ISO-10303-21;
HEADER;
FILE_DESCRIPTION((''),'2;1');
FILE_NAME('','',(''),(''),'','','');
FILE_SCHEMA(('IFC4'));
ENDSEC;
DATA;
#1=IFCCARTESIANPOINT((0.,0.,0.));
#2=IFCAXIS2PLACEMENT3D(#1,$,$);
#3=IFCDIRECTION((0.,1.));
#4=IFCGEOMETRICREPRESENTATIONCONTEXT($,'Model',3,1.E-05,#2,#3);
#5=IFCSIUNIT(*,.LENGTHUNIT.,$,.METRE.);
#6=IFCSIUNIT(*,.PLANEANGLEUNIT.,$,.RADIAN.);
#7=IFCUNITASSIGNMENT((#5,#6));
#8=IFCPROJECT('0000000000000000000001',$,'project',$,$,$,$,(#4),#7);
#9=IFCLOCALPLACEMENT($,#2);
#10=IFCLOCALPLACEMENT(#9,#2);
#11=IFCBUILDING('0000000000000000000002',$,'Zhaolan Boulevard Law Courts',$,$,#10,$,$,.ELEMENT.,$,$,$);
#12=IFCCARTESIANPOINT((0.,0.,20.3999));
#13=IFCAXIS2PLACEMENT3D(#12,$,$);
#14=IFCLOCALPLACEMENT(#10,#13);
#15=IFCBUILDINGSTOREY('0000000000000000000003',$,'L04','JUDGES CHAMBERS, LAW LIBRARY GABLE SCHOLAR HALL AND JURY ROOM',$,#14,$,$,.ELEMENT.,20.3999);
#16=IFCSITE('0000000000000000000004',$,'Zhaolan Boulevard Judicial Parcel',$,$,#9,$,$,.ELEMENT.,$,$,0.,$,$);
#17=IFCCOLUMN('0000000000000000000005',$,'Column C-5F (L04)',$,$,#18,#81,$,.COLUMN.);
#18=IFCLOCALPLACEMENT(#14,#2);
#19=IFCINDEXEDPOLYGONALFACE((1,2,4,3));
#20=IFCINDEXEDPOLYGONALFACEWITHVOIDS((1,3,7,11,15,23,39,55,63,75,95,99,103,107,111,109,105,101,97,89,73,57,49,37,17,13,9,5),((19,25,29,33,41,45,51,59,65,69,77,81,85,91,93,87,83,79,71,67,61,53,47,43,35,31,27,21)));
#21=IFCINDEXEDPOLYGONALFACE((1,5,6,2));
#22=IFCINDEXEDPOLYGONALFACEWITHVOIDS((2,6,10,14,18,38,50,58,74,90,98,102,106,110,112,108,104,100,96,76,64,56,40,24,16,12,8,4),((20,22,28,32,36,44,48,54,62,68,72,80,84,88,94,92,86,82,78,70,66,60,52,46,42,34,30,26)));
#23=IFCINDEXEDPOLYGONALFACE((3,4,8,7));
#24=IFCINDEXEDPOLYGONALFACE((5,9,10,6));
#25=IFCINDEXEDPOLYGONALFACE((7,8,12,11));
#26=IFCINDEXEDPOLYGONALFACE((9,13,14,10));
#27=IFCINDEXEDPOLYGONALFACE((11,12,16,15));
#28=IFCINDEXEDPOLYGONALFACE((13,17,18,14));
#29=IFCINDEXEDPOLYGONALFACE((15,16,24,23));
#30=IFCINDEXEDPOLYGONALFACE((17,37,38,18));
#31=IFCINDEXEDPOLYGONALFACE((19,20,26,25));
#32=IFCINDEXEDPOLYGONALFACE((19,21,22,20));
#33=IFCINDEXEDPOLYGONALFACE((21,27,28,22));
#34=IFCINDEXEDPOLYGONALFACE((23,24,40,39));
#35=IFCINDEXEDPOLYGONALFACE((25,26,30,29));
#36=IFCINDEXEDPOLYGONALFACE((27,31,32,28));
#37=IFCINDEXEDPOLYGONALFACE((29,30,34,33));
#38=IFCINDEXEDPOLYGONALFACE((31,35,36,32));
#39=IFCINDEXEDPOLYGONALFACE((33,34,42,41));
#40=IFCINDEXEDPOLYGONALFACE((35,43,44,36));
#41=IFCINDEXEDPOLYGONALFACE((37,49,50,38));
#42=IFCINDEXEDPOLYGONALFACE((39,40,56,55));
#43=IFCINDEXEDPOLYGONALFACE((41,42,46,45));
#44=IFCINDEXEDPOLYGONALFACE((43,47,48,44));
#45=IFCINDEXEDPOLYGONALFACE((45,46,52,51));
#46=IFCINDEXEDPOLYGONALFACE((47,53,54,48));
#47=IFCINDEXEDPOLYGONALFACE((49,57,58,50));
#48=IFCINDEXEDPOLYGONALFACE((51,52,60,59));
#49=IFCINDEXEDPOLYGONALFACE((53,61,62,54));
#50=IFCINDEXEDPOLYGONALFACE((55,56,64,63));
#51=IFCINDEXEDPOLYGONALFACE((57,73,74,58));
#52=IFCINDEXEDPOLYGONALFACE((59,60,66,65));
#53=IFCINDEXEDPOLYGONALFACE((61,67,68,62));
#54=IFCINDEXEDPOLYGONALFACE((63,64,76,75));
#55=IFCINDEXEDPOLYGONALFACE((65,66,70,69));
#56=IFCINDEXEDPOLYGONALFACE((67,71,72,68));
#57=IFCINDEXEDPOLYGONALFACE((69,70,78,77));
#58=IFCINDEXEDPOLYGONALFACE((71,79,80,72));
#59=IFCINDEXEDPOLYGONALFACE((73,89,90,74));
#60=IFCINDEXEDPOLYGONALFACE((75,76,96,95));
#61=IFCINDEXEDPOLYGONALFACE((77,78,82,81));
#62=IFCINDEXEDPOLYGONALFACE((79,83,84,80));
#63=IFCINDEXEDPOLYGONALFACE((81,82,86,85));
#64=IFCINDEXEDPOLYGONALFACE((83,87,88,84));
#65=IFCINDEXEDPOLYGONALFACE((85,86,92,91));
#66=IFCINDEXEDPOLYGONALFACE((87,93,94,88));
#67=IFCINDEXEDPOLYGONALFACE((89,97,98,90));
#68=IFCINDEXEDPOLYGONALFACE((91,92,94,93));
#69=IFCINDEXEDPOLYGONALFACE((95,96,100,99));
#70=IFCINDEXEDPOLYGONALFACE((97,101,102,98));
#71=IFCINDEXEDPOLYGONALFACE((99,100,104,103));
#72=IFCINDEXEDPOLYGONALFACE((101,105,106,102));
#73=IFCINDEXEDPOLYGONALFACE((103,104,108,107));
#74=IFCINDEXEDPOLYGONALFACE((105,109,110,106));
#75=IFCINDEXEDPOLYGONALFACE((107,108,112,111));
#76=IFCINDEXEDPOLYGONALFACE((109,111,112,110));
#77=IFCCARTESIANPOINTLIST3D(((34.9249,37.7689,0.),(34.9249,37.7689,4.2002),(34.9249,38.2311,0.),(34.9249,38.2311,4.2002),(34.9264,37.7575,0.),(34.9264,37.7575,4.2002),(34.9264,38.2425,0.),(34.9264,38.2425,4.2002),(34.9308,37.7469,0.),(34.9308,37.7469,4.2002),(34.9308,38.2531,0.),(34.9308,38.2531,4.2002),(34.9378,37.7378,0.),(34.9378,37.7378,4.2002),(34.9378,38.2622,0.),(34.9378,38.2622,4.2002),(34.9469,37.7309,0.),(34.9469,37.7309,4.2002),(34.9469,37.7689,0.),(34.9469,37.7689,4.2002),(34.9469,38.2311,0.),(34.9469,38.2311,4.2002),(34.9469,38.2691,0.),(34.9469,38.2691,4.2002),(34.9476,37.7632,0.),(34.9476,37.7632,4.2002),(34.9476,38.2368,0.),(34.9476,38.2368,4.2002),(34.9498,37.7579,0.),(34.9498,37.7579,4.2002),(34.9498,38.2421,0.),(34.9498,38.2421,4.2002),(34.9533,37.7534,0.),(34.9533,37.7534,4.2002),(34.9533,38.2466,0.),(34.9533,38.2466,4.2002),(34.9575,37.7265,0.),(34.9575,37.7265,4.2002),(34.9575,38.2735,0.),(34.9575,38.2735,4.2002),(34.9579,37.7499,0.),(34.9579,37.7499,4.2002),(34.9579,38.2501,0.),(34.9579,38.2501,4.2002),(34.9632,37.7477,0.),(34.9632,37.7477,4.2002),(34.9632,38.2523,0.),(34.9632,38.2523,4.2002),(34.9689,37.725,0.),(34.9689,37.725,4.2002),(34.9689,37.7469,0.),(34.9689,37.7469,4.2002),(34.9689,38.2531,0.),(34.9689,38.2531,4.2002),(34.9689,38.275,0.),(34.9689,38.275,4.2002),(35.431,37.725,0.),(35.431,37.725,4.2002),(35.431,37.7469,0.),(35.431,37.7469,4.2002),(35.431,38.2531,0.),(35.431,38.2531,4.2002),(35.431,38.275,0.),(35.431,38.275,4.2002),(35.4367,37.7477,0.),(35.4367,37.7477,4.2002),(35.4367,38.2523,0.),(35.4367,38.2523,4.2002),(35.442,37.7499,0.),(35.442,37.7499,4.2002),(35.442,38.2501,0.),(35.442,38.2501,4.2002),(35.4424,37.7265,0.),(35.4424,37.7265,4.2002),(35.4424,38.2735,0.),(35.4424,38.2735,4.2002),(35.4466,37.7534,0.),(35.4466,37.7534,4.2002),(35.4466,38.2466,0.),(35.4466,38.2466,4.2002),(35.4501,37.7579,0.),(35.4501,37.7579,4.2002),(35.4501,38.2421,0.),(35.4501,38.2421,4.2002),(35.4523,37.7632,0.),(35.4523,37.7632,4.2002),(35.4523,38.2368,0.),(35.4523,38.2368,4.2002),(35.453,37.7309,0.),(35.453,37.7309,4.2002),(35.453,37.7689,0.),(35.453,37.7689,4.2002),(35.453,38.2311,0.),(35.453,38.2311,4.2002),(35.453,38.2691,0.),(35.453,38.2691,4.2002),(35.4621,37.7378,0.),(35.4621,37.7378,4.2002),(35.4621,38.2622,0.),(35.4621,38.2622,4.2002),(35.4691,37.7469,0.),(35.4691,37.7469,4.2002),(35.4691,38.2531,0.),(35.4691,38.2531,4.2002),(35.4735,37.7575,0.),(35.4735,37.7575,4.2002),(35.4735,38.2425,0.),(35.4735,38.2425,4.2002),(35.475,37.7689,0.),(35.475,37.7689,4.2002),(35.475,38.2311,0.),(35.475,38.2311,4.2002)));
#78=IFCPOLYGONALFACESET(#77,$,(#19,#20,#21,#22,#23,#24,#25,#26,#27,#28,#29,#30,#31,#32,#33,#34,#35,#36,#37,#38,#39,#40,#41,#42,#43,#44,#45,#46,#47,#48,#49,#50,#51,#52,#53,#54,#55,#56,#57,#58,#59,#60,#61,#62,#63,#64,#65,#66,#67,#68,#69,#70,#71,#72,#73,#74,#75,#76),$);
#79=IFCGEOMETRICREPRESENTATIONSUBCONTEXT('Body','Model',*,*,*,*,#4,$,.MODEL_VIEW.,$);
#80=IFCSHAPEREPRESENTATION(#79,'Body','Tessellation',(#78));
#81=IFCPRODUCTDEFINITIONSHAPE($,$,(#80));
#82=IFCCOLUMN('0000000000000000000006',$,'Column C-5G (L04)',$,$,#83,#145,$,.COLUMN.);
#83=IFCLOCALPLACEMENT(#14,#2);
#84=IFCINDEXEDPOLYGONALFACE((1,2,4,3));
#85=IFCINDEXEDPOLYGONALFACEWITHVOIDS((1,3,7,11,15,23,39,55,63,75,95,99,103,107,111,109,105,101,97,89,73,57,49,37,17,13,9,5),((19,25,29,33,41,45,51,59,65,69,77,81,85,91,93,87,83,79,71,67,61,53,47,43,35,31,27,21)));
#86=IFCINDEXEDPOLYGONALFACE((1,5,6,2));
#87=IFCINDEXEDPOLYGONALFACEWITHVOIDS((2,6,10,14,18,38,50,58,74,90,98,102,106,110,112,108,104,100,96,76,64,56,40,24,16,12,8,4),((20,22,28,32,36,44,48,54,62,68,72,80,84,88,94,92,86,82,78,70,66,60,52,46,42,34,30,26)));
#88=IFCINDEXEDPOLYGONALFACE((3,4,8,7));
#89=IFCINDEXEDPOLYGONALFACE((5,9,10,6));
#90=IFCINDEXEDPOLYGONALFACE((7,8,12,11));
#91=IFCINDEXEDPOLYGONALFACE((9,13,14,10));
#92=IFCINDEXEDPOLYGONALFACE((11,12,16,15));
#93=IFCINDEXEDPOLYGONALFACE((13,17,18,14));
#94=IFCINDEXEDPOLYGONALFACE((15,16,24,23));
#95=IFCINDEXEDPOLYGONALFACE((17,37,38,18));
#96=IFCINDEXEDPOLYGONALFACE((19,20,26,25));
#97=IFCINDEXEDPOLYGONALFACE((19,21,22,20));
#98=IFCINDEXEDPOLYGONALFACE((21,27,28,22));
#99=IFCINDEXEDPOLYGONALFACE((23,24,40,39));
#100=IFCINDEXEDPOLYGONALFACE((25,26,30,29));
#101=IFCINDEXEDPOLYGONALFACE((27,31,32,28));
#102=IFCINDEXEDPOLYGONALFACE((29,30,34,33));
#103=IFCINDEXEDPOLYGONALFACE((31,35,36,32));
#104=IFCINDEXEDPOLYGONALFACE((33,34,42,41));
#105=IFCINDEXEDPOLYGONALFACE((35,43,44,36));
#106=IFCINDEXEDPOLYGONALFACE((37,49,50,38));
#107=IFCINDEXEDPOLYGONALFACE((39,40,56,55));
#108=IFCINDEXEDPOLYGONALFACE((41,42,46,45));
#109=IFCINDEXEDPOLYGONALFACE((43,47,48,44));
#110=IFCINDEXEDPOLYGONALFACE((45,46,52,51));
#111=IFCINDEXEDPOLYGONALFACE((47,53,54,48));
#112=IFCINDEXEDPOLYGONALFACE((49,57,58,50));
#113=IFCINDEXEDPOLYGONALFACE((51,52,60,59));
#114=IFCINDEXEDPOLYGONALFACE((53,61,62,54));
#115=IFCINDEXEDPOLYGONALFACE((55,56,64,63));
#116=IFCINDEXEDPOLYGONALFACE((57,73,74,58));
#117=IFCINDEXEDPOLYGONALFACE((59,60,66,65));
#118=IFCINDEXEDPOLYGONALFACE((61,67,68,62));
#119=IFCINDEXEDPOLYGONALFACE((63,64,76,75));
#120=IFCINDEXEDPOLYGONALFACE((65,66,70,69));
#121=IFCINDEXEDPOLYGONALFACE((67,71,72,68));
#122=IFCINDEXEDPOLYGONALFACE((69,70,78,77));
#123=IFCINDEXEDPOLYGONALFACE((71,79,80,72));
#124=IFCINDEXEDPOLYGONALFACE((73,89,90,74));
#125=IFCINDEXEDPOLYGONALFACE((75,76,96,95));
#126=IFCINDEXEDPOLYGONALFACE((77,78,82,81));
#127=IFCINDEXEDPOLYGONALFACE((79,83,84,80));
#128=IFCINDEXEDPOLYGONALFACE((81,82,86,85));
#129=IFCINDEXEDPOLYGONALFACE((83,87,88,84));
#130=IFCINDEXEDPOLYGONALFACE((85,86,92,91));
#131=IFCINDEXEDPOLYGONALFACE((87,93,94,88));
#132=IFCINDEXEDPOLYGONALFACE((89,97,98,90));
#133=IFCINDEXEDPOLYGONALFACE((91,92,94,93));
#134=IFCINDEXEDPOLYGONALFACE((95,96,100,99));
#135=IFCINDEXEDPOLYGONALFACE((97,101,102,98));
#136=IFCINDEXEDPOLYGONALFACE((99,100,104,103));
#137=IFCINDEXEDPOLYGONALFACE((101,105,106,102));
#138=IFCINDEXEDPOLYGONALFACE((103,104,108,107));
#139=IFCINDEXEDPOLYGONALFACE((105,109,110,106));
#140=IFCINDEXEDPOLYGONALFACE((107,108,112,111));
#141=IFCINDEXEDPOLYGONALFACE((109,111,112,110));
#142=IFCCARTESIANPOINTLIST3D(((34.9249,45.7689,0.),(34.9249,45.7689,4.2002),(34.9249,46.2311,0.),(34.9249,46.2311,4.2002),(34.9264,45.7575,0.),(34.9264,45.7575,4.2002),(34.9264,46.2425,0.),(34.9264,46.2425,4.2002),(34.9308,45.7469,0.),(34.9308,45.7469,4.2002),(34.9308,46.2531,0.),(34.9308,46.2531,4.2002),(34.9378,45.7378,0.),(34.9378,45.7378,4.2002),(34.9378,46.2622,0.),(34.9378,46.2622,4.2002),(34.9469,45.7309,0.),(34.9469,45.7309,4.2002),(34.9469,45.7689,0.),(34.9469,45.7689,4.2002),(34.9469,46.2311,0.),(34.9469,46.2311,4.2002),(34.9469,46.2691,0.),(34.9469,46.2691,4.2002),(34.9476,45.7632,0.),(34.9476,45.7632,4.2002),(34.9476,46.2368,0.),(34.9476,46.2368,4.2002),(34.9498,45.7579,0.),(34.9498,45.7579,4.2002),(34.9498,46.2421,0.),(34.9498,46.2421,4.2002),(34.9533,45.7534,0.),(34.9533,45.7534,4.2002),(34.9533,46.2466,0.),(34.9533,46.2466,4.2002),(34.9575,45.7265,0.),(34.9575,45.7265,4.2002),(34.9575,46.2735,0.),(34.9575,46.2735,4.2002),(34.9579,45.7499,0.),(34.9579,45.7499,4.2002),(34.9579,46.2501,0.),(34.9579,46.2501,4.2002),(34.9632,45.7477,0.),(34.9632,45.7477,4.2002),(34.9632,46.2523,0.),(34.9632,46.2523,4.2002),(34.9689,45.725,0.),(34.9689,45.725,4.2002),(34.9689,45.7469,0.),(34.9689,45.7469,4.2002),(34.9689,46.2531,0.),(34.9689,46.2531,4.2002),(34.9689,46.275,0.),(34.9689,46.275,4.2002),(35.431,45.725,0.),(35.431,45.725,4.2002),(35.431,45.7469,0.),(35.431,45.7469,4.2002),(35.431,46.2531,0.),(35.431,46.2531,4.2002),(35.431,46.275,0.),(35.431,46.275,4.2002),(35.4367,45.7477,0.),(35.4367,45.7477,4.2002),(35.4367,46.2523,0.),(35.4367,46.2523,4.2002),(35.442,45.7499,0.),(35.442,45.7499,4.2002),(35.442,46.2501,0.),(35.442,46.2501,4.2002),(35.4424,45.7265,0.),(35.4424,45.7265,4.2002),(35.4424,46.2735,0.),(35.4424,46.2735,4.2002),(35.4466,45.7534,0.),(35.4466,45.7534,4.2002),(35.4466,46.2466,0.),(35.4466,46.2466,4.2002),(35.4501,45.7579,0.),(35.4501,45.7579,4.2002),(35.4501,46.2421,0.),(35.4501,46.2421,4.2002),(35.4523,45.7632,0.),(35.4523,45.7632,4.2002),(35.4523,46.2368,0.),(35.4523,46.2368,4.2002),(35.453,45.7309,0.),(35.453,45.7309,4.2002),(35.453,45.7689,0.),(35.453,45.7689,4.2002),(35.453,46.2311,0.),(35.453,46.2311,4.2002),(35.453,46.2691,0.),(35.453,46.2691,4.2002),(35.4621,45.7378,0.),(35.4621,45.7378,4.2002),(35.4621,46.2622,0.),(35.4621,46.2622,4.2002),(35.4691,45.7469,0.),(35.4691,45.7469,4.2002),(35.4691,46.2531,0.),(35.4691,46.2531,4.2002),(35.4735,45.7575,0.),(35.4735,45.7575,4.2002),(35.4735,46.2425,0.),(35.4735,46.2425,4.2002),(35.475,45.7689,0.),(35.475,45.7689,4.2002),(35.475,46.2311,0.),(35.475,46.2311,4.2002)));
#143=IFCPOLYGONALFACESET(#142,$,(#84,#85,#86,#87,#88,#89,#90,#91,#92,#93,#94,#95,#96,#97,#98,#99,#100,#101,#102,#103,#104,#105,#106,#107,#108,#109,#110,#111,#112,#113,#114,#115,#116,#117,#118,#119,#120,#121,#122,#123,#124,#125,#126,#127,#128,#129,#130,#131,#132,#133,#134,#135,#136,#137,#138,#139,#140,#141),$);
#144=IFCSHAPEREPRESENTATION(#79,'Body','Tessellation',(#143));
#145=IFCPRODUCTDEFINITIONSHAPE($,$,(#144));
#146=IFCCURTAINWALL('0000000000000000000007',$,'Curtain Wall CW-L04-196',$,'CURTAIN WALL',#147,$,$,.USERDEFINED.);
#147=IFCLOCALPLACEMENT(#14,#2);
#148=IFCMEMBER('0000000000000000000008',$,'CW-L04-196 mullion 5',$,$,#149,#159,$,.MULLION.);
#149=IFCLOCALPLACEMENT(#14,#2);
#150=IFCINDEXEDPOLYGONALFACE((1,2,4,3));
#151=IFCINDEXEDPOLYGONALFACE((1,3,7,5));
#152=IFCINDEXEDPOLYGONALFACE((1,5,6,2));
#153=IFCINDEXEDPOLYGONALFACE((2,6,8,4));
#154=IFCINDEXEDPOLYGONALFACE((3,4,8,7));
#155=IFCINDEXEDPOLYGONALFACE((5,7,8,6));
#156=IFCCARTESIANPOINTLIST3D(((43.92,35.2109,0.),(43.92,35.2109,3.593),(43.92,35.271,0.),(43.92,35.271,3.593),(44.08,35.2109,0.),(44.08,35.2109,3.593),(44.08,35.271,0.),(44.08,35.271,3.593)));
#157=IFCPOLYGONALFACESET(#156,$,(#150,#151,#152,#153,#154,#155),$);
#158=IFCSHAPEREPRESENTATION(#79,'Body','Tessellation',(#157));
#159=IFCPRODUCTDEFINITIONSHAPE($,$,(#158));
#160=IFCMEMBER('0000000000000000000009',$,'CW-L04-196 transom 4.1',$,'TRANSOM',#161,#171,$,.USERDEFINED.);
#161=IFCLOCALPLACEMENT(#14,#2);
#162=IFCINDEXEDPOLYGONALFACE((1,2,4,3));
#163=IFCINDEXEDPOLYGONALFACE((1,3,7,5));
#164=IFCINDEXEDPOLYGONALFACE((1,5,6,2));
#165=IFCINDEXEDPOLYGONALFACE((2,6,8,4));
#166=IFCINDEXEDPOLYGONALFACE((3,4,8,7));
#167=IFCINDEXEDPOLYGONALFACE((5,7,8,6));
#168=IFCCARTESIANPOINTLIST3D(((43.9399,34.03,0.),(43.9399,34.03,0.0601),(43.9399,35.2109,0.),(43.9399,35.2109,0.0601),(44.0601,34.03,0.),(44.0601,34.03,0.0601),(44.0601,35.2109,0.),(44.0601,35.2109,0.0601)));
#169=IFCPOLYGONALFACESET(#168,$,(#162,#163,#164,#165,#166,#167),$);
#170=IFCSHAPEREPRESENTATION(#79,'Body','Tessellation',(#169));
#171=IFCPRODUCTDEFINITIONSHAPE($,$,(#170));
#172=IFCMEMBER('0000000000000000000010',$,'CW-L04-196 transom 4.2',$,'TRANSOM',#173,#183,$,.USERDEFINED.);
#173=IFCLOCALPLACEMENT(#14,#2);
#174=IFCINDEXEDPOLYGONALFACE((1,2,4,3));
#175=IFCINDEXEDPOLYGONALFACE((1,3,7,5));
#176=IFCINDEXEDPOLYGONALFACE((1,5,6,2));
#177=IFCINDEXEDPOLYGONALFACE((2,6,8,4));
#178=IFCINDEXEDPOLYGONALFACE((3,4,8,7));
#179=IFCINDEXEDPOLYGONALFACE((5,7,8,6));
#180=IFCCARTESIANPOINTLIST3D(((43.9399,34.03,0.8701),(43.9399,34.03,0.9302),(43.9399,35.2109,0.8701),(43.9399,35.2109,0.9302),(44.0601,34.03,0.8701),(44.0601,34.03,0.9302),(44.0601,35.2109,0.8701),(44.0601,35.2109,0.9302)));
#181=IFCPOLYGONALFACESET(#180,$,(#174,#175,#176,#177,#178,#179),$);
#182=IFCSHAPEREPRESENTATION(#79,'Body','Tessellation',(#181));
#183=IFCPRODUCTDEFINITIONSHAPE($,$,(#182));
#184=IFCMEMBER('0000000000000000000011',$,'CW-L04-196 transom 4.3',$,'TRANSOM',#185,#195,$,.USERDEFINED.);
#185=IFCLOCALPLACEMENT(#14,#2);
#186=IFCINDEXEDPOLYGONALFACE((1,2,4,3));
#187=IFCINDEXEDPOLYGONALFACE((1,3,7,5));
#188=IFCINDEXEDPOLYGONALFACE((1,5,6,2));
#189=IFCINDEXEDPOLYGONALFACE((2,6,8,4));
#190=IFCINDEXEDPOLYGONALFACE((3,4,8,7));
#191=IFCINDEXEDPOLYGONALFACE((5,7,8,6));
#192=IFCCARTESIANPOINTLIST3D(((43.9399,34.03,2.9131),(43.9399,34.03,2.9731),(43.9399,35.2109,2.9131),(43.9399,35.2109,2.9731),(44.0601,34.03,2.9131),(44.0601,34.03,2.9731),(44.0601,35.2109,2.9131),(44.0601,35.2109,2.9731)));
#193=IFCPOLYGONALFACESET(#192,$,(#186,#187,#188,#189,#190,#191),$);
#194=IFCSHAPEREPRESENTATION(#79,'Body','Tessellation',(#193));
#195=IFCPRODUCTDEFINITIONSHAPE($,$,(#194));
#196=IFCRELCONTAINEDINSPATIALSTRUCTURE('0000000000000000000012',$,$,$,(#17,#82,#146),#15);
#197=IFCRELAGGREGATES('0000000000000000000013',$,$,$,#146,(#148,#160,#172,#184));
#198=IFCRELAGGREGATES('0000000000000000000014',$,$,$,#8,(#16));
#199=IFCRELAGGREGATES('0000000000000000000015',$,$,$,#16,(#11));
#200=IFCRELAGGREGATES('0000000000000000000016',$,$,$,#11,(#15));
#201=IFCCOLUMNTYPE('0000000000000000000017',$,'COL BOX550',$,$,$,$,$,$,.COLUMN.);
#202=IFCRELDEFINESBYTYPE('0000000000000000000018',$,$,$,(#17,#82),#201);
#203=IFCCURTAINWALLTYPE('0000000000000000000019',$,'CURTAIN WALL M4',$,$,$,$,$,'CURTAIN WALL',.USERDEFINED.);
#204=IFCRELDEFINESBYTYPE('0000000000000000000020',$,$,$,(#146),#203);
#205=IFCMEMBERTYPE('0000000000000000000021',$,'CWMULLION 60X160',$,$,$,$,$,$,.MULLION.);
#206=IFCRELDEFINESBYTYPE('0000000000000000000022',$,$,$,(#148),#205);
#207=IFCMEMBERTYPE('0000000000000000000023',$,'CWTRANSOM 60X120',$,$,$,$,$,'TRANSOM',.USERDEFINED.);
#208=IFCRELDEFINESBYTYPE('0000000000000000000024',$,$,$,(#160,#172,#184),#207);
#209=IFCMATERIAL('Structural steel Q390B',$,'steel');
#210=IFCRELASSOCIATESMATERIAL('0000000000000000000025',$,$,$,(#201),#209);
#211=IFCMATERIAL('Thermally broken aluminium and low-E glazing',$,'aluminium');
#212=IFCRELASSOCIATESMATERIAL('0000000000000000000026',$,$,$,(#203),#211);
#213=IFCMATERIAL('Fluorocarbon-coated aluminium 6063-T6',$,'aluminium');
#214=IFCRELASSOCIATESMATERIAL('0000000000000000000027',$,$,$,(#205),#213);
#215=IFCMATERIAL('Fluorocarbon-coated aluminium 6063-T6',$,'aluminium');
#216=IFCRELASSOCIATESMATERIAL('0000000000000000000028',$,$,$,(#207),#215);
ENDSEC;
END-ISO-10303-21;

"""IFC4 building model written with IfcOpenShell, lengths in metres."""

from ifc_helpers import new_model, si_unit, direction, frame, origin, origin_2d, place, context, subcontext, project, spatial, rectangle, hollow_rectangle, extrude, material, material_profile, profile_set, type_object, element, aggregate, save


model = new_model("IFC4")

# Units and contexts
model_context = context("Model", 3, precision=1e-05, world=origin(), true_north=direction((0.0, 1.0)))
body_context = subcontext(model_context, "Body", "Model", "MODEL_VIEW")
ifc_project = project(units=[si_unit("LENGTHUNIT", "METRE"), si_unit("PLANEANGLEUNIT", "RADIAN")], contexts=[model_context])

# Site, building, storey
site_placement = place(None, origin())
site = spatial("IfcSite", under=ifc_project, at=site_placement, Name="Zhaolan Boulevard Judicial Parcel", CompositionType="ELEMENT", RefElevation=0.0)
building_placement = place(site_placement, origin())
building = spatial("IfcBuilding", under=site, at=building_placement, Name="Zhaolan Boulevard Law Courts", CompositionType="ELEMENT")
storey_placement = place(building_placement, frame((0.0, 0.0, 20.3999)))
storey = spatial("IfcBuildingStorey", under=building, at=storey_placement, Name="L04", Description="JUDGES CHAMBERS, LAW LIBRARY GABLE SCHOLAR HALL AND JURY ROOM", CompositionType="ELEMENT", Elevation=20.3999)

# Columns
ifc_material_1 = material(Name="Structural steel Q390B", Category="steel")
ifc_material_profile_1 = material_profile(ifc_material_1, hollow_rectangle(XDim=0.55, YDim=0.55, WallThickness=0.022, InnerFilletRadius=0.022, OuterFilletRadius=0.0439, at=origin_2d()), Name="BOX550x550x22")
ifc_profile_set_1 = profile_set([ifc_material_profile_1], Name="Structural steel Q390B")
column_type = type_object("IfcColumnType", Name="COL BOX550", PredefinedType="COLUMN", material=ifc_profile_set_1)
for number, where, z_axis, x_axis, name in (
    (1, (35.2, 38.0, 0.0), (0.0, 0.0, 1.0), (1.0, 0.0, 0.0), "Column C-5F (L04)"),
    (2, (35.2, 46.0, 0.0), (0.0, 0.0, 1.0), (1.0, 0.0, 0.0), "Column C-5G (L04)"),
):
    element("IfcColumn", number, at=place(storey_placement, frame(where, z_axis=z_axis, x_axis=x_axis)), inside=storey, type_object=column_type, Name=name, PredefinedType="COLUMN", context=body_context, shape_type="SweptSolid", body=[
        extrude(hollow_rectangle(XDim=0.55, YDim=0.55, WallThickness=0.022, InnerFilletRadius=0.022, OuterFilletRadius=0.0439, at=origin_2d()), origin(), (0.0, 0.0, 1.0), 4.2002),
    ])

# Curtain wall, members
ifc_material_2 = material(Name="Thermally broken aluminium and low-E glazing", Category="aluminium")
curtain_wall_type = type_object("IfcCurtainWallType", Name="CURTAIN WALL M4", ElementType="CURTAIN WALL", PredefinedType="USERDEFINED", material=ifc_material_2)
curtain_wall_placement = place(storey_placement, origin())
curtain_wall = element("IfcCurtainWall", 3, at=curtain_wall_placement, inside=storey, type_object=curtain_wall_type, Name="Curtain Wall CW-L04-196", ObjectType="CURTAIN WALL", PredefinedType="USERDEFINED")
ifc_material_3 = material(Name="Fluorocarbon-coated aluminium 6063-T6", Category="aluminium")
ifc_material_profile_2 = material_profile(ifc_material_3, rectangle(XDim=0.1599, YDim=0.0601, at=origin_2d()), Name="AL60x160")
ifc_profile_set_2 = profile_set([ifc_material_profile_2], Name="Fluorocarbon-coated aluminium 6063-T6")
member_type_1 = type_object("IfcMemberType", Name="CWMULLION 60X160", PredefinedType="MULLION", material=ifc_profile_set_2)
member_1_placement = place(storey_placement, frame((44.0, 35.241, 0.0), z_axis=(0.0, 0.0, 1.0), x_axis=(-1.0, 0.0, 0.0)))
member_1 = element("IfcMember", 4, at=member_1_placement, type_object=member_type_1, Name="CW-L04-196 mullion 5", PredefinedType="MULLION", context=body_context, shape_type="SweptSolid", body=[
    extrude(rectangle(XDim=0.1599, YDim=0.0601, at=origin_2d()), origin(), (0.0, 0.0, 1.0), 3.593),
])
ifc_material_4 = material(Name="Fluorocarbon-coated aluminium 6063-T6", Category="aluminium")
ifc_material_profile_3 = material_profile(ifc_material_4, rectangle(XDim=0.1201, YDim=0.0601, at=origin_2d()), Name="AL60x120")
ifc_profile_set_3 = profile_set([ifc_material_profile_3], Name="Fluorocarbon-coated aluminium 6063-T6")
member_type_2 = type_object("IfcMemberType", Name="CWTRANSOM 60X120", ElementType="TRANSOM", PredefinedType="USERDEFINED", material=ifc_profile_set_3)
member_2_placement = place(storey_placement, frame((44.0, 34.03, 0.03), z_axis=(0.0, 1.0, 0.0), x_axis=(-1.0, 0.0, 0.0)))
member_2 = element("IfcMember", 5, at=member_2_placement, type_object=member_type_2, Name="CW-L04-196 transom 4.1", ObjectType="TRANSOM", PredefinedType="USERDEFINED", context=body_context, shape_type="SweptSolid", body=[
    extrude(rectangle(XDim=0.1201, YDim=0.0601, at=origin_2d()), origin(), (0.0, 0.0, 1.0), 1.1809),
])
member_3_placement = place(storey_placement, frame((44.0, 34.03, 0.9001), z_axis=(0.0, 1.0, 0.0), x_axis=(-1.0, 0.0, 0.0)))
member_3 = element("IfcMember", 6, at=member_3_placement, type_object=member_type_2, Name="CW-L04-196 transom 4.2", ObjectType="TRANSOM", PredefinedType="USERDEFINED", context=body_context, shape_type="SweptSolid", body=[
    extrude(rectangle(XDim=0.1201, YDim=0.0601, at=origin_2d()), origin(), (0.0, 0.0, 1.0), 1.1809),
])
member_4_placement = place(storey_placement, frame((44.0, 34.03, 2.9431), z_axis=(0.0, 1.0, 0.0), x_axis=(-1.0, 0.0, 0.0)))
member_4 = element("IfcMember", 7, at=member_4_placement, type_object=member_type_2, Name="CW-L04-196 transom 4.3", ObjectType="TRANSOM", PredefinedType="USERDEFINED", context=body_context, shape_type="SweptSolid", body=[
    extrude(rectangle(XDim=0.1201, YDim=0.0601, at=origin_2d()), origin(), (0.0, 0.0, 1.0), 1.1809),
])

aggregate(curtain_wall, [member_1, member_2, member_3, member_4])

save(model, "model.ifc")
